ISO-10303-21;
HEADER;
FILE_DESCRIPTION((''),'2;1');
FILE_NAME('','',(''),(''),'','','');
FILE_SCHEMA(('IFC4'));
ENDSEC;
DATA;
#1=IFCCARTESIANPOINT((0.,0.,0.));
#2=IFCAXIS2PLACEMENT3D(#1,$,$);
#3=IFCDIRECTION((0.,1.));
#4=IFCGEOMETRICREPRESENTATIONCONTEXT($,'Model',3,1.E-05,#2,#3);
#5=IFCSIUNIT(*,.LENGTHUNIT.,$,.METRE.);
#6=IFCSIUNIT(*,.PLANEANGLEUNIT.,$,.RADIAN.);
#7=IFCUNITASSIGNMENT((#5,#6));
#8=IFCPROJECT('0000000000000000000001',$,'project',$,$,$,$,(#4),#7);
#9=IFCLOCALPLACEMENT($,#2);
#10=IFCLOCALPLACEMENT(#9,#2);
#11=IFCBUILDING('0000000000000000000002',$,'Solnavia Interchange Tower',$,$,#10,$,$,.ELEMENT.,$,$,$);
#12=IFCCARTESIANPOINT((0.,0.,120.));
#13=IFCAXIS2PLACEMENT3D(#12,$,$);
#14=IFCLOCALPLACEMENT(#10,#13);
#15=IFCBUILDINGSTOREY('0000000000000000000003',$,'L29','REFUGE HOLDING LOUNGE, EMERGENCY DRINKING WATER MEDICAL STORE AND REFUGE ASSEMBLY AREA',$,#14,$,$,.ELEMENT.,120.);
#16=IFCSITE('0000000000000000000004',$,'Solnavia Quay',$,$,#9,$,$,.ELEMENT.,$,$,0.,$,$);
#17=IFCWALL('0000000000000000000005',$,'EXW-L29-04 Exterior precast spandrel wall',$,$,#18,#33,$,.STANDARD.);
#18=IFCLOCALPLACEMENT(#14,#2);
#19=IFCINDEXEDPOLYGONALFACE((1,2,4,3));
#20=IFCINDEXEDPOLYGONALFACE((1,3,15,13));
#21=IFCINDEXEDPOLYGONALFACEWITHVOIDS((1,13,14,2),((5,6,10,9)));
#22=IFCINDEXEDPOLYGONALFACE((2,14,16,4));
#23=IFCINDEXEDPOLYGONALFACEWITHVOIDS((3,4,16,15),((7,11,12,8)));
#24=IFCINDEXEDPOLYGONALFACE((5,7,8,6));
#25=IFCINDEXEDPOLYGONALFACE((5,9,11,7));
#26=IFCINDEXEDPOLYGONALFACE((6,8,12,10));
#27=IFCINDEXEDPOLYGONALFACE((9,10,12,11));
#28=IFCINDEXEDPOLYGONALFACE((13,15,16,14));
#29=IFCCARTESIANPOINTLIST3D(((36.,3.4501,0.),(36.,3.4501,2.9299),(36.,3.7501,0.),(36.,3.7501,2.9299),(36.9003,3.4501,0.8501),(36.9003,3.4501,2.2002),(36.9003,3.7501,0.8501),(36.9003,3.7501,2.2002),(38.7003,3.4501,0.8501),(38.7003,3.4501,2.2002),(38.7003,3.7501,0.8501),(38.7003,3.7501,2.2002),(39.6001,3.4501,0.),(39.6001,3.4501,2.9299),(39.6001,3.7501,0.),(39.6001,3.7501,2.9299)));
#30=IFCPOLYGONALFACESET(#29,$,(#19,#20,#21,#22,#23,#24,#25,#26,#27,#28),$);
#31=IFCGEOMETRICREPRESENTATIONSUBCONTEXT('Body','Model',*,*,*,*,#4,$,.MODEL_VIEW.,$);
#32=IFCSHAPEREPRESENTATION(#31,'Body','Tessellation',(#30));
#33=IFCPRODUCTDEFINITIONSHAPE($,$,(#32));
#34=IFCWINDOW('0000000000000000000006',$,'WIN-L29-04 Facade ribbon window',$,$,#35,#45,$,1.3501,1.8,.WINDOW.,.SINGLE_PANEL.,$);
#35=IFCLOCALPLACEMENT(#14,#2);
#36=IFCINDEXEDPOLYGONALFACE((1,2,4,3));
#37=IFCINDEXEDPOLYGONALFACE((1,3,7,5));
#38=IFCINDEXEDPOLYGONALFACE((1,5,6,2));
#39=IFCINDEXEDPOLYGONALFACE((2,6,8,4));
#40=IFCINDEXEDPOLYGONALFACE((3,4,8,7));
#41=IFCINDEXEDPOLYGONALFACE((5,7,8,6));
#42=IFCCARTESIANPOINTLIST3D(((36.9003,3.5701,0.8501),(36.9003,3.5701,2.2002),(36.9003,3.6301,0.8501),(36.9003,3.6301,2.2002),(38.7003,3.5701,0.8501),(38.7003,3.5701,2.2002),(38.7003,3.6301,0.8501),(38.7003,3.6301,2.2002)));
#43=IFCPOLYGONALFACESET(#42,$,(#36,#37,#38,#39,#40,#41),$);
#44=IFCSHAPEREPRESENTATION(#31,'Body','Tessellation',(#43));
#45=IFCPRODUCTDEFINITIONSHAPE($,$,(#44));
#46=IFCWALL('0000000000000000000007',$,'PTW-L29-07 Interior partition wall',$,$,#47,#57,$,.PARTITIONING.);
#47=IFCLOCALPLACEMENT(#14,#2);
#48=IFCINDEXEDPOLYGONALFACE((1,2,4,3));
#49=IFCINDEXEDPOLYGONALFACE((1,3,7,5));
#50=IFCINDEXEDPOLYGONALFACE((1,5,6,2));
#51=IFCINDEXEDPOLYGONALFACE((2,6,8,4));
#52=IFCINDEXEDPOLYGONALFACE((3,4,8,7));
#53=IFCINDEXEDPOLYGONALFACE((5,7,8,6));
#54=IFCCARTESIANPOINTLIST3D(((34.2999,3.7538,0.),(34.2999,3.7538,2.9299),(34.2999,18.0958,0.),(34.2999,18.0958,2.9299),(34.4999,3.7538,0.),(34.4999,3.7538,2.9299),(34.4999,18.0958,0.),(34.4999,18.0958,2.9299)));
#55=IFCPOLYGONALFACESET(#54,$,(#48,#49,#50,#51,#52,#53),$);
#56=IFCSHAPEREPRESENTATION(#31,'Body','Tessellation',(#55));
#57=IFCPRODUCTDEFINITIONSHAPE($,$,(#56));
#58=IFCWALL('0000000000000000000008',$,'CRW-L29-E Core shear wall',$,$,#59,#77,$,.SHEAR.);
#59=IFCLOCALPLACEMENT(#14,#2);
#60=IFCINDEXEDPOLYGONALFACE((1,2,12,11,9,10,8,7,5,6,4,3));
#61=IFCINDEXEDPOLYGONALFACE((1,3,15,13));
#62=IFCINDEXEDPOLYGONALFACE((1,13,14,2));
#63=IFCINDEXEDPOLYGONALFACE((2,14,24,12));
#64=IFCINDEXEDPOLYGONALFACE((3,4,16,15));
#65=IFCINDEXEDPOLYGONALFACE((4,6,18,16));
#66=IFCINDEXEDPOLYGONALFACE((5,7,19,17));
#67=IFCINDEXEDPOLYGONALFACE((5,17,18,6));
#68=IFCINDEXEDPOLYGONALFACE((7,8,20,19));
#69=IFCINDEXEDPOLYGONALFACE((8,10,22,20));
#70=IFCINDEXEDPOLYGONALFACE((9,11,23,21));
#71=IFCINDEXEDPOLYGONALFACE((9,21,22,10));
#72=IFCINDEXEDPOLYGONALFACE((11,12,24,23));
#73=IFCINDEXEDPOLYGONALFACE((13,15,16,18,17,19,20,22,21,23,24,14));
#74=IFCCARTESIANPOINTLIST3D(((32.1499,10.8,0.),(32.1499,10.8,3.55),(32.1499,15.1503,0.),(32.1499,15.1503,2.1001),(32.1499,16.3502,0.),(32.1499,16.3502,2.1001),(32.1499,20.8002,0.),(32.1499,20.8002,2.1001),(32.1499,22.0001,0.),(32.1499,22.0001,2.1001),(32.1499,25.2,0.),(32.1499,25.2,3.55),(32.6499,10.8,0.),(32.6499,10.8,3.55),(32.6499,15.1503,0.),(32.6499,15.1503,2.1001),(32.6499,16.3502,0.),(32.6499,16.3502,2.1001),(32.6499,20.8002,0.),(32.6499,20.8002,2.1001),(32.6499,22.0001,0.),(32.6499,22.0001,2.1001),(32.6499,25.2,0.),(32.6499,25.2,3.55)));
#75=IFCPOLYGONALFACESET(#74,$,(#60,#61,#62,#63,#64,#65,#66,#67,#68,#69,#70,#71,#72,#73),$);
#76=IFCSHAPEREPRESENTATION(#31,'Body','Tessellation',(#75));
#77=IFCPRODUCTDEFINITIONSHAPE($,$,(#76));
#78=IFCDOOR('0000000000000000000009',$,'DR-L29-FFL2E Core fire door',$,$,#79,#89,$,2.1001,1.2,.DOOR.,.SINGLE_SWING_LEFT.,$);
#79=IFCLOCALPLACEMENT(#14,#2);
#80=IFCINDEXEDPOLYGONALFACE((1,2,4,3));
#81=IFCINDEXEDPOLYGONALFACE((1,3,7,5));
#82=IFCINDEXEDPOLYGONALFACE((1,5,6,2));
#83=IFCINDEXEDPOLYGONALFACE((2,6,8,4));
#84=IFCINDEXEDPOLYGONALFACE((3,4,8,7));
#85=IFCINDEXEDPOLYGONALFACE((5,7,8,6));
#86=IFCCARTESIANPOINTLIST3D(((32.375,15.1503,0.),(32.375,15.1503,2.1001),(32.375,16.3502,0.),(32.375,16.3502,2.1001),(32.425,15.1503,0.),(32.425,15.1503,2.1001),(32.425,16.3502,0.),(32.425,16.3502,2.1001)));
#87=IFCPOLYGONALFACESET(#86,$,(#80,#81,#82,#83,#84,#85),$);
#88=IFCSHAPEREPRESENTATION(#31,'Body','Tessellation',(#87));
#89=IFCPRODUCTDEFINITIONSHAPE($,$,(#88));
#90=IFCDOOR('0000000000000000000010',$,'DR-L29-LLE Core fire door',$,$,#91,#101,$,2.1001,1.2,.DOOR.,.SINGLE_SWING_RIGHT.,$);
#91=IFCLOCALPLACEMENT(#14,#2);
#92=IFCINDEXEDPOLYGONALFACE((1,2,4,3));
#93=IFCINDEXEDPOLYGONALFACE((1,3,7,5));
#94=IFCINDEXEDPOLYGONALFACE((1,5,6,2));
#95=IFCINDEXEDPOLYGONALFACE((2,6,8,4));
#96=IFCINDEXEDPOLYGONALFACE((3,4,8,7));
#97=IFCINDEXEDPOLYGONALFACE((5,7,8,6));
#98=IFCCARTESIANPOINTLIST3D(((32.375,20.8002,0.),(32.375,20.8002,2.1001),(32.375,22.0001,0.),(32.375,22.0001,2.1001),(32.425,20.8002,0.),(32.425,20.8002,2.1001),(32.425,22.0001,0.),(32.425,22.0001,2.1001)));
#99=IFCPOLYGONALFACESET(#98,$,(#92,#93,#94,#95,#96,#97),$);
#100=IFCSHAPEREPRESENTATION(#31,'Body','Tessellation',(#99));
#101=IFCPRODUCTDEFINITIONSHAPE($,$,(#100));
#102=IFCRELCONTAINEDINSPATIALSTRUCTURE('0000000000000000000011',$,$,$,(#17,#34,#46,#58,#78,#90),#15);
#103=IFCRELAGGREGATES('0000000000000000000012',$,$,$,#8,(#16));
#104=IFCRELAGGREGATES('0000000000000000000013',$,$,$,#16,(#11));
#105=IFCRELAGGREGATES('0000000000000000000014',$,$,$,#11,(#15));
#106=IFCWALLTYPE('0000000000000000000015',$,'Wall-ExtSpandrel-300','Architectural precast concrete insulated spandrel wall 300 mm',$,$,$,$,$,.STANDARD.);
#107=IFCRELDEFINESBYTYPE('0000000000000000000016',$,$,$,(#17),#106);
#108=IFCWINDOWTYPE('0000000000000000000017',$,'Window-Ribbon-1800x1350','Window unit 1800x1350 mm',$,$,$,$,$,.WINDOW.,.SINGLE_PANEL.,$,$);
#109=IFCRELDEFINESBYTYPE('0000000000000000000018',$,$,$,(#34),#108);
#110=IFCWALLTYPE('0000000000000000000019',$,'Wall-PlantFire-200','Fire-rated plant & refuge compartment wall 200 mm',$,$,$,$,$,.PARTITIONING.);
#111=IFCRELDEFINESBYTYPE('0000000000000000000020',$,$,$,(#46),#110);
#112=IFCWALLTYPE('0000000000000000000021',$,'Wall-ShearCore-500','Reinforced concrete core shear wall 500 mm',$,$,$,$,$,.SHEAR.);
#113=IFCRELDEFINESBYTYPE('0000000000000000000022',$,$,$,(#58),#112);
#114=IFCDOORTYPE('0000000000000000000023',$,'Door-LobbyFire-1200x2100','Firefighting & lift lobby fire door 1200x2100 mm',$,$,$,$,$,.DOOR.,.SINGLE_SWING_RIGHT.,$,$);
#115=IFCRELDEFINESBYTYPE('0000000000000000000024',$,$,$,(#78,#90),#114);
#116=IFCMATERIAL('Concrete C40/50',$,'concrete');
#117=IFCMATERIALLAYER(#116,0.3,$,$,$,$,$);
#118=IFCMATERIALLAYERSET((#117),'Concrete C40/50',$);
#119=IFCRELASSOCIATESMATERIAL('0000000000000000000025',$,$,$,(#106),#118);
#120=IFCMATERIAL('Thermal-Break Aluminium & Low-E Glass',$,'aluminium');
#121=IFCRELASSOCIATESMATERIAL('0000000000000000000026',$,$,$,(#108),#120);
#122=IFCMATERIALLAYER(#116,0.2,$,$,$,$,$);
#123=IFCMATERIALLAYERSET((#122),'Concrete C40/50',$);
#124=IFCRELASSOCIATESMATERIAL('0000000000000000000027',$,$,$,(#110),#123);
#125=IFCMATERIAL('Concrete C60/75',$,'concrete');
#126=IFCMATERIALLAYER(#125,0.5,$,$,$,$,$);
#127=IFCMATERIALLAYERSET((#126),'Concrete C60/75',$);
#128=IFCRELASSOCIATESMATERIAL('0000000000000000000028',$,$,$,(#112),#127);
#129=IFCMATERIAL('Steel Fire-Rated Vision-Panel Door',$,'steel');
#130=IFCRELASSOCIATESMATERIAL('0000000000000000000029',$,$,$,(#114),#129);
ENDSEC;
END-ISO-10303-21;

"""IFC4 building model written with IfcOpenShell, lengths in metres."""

from ifc_helpers import new_model, si_unit, direction, frame, frame_2d, origin, place, context, subcontext, project, spatial, rectangle, extrude, material, layer, layer_set, type_object, element, fill, save


model = new_model("IFC4")

# Units and contexts
model_context = context("Model", 3, precision=1e-05, world=origin(), true_north=direction((0.0, 1.0)))
body_context = subcontext(model_context, "Body", "Model", "MODEL_VIEW")
ifc_project = project(units=[si_unit("LENGTHUNIT", "METRE"), si_unit("PLANEANGLEUNIT", "RADIAN")], contexts=[model_context])

# Site, building, storey
site_placement = place(None, origin())
site = spatial("IfcSite", under=ifc_project, at=site_placement, Name="Solnavia Quay", CompositionType="ELEMENT", RefElevation=0.0)
building_placement = place(site_placement, origin())
building = spatial("IfcBuilding", under=site, at=building_placement, Name="Solnavia Interchange Tower", CompositionType="ELEMENT")
storey_placement = place(building_placement, frame((0.0, 0.0, 120.0)))
storey = spatial("IfcBuildingStorey", under=building, at=storey_placement, Name="L29", Description="REFUGE HOLDING LOUNGE, EMERGENCY DRINKING WATER MEDICAL STORE AND REFUGE ASSEMBLY AREA", CompositionType="ELEMENT", Elevation=120.0)

# Shared definitions
ifc_material_1 = material(Name="Concrete C40/50", Category="concrete")
ifc_layer_1 = layer(ifc_material_1, 0.3)
ifc_layer_set_1 = layer_set([ifc_layer_1], Name="Concrete C40/50")
wall_type_1 = type_object("IfcWallType", Name="Wall-ExtSpandrel-300", Description="Architectural precast concrete insulated spandrel wall 300 mm", PredefinedType="STANDARD", material=ifc_layer_set_1)

# Wall, opening, window
wall_1_placement = place(storey_placement, frame((39.6001, 3.6001, 0.0), z_axis=(0.0, 0.0, 1.0), x_axis=(-1.0, 0.0, 0.0)))
wall_1 = element("IfcWall", 1, at=wall_1_placement, inside=storey, type_object=wall_type_1, Name="EXW-L29-04 Exterior precast spandrel wall", PredefinedType="STANDARD", context=body_context, shape_type="SweptSolid", body=[
    extrude(rectangle(XDim=3.6001, YDim=0.3, at=frame_2d((1.8, 0.0))), origin(), (0.0, 0.0, 1.0), 2.9299),
])
opening_1_placement = place(wall_1_placement, frame((0.8999, 0.0, 0.8501)))
opening_1 = element("IfcOpeningElement", 2, at=opening_1_placement, cuts=wall_1, PredefinedType="OPENING", context=body_context, shape_type="SweptSolid", body=[
    extrude(rectangle(XDim=1.8, YDim=1.3501, at=frame_2d((0.8999, 0.675))), frame((0.0, 0.1602, 0.0), z_axis=(0.0, -1.0, 0.0), x_axis=(1.0, 0.0, 0.0)), (0.0, 0.0, 1.0), 0.3201),
])
ifc_material_2 = material(Name="Thermal-Break Aluminium & Low-E Glass", Category="aluminium")
window_type = type_object("IfcWindowType", Name="Window-Ribbon-1800x1350", Description="Window unit 1800x1350 mm", PartitioningType="SINGLE_PANEL", PredefinedType="WINDOW", material=ifc_material_2)
window_placement = place(opening_1_placement, origin())
window = element("IfcWindow", 3, at=window_placement, inside=storey, type_object=window_type, Name="WIN-L29-04 Facade ribbon window", OverallHeight=1.3501, OverallWidth=1.8, PartitioningType="SINGLE_PANEL", PredefinedType="WINDOW", context=body_context, shape_type="SweptSolid", body=[
    extrude(rectangle(XDim=1.8, YDim=1.3501, at=frame_2d((0.8999, 0.675))), frame((0.0, 0.03, 0.0), z_axis=(0.0, -1.0, 0.0), x_axis=(1.0, 0.0, 0.0)), (0.0, 0.0, 1.0), 0.0601),
])
fill(opening_1, window)

# Wall
ifc_layer_2 = layer(ifc_material_1, 0.2)
ifc_layer_set_2 = layer_set([ifc_layer_2], Name="Concrete C40/50")
wall_type_2 = type_object("IfcWallType", Name="Wall-PlantFire-200", Description="Fire-rated plant & refuge compartment wall 200 mm", PredefinedType="PARTITIONING", material=ifc_layer_set_2)
wall_2_placement = place(storey_placement, frame((34.3999, 3.7539, 0.0), z_axis=(0.0, 0.0, 1.0), x_axis=(0.0, 1.0, 0.0)))
element("IfcWall", 4, at=wall_2_placement, inside=storey, type_object=wall_type_2, Name="PTW-L29-07 Interior partition wall", PredefinedType="PARTITIONING", context=body_context, shape_type="SweptSolid", body=[
    extrude(rectangle(XDim=14.342, YDim=0.2, at=frame_2d((7.1709, 0.0))), origin(), (0.0, 0.0, 1.0), 2.9299),
])

# Wall, openings, doors
ifc_material_3 = material(Name="Concrete C60/75", Category="concrete")
ifc_layer_3 = layer(ifc_material_3, 0.5)
ifc_layer_set_3 = layer_set([ifc_layer_3], Name="Concrete C60/75")
wall_type_3 = type_object("IfcWallType", Name="Wall-ShearCore-500", Description="Reinforced concrete core shear wall 500 mm", PredefinedType="SHEAR", material=ifc_layer_set_3)
wall_3_placement = place(storey_placement, frame((32.3999, 10.8, 0.0), z_axis=(0.0, 0.0, 1.0), x_axis=(0.0, 1.0, 0.0)))
wall_3 = element("IfcWall", 5, at=wall_3_placement, inside=storey, type_object=wall_type_3, Name="CRW-L29-E Core shear wall", PredefinedType="SHEAR", context=body_context, shape_type="SweptSolid", body=[
    extrude(rectangle(XDim=14.3999, YDim=0.5, at=frame_2d((7.2, 0.0))), origin(), (0.0, 0.0, 1.0), 3.55),
])
opening_2_placement = place(wall_3_placement, frame((4.3501, 0.0, 0.0)))
opening_2 = element("IfcOpeningElement", 6, at=opening_2_placement, cuts=wall_3, PredefinedType="OPENING", context=body_context, shape_type="SweptSolid", body=[
    extrude(rectangle(XDim=1.2, YDim=2.1001, at=frame_2d((0.6001, 1.05))), frame((0.0, 0.26, 0.0), z_axis=(0.0, -1.0, 0.0), x_axis=(1.0, 0.0, 0.0)), (0.0, 0.0, 1.0), 0.52),
])
opening_3_placement = place(wall_3_placement, frame((10.0, 0.0, 0.0)))
opening_3 = element("IfcOpeningElement", 7, at=opening_3_placement, cuts=wall_3, PredefinedType="OPENING", context=body_context, shape_type="SweptSolid", body=[
    extrude(rectangle(XDim=1.2, YDim=2.1001, at=frame_2d((0.6001, 1.05))), frame((0.0, 0.26, 0.0), z_axis=(0.0, -1.0, 0.0), x_axis=(1.0, 0.0, 0.0)), (0.0, 0.0, 1.0), 0.52),
])
ifc_material_4 = material(Name="Steel Fire-Rated Vision-Panel Door", Category="steel")
door_type = type_object("IfcDoorType", Name="Door-LobbyFire-1200x2100", Description="Firefighting & lift lobby fire door 1200x2100 mm", OperationType="SINGLE_SWING_RIGHT", PredefinedType="DOOR", material=ifc_material_4)
door_1_placement = place(opening_2_placement, origin())
door_1 = element("IfcDoor", 8, at=door_1_placement, inside=storey, type_object=door_type, Name="DR-L29-FFL2E Core fire door", OperationType="SINGLE_SWING_LEFT", OverallHeight=2.1001, OverallWidth=1.2, PredefinedType="DOOR", context=body_context, shape_type="SweptSolid", body=[
    extrude(rectangle(XDim=1.2, YDim=2.1001, at=frame_2d((0.6001, 1.05))), frame((0.0, 0.0249, 0.0), z_axis=(0.0, -1.0, 0.0), x_axis=(1.0, 0.0, 0.0)), (0.0, 0.0, 1.0), 0.05),
])
fill(opening_2, door_1)
door_2_placement = place(opening_3_placement, origin())
door_2 = element("IfcDoor", 9, at=door_2_placement, inside=storey, type_object=door_type, Name="DR-L29-LLE Core fire door", OperationType="SINGLE_SWING_RIGHT", OverallHeight=2.1001, OverallWidth=1.2, PredefinedType="DOOR", context=body_context, shape_type="SweptSolid", body=[
    extrude(rectangle(XDim=1.2, YDim=2.1001, at=frame_2d((0.6001, 1.05))), frame((0.0, 0.0249, 0.0), z_axis=(0.0, -1.0, 0.0), x_axis=(1.0, 0.0, 0.0)), (0.0, 0.0, 1.0), 0.05),
])
fill(opening_3, door_2)

save(model, "model.ifc")
